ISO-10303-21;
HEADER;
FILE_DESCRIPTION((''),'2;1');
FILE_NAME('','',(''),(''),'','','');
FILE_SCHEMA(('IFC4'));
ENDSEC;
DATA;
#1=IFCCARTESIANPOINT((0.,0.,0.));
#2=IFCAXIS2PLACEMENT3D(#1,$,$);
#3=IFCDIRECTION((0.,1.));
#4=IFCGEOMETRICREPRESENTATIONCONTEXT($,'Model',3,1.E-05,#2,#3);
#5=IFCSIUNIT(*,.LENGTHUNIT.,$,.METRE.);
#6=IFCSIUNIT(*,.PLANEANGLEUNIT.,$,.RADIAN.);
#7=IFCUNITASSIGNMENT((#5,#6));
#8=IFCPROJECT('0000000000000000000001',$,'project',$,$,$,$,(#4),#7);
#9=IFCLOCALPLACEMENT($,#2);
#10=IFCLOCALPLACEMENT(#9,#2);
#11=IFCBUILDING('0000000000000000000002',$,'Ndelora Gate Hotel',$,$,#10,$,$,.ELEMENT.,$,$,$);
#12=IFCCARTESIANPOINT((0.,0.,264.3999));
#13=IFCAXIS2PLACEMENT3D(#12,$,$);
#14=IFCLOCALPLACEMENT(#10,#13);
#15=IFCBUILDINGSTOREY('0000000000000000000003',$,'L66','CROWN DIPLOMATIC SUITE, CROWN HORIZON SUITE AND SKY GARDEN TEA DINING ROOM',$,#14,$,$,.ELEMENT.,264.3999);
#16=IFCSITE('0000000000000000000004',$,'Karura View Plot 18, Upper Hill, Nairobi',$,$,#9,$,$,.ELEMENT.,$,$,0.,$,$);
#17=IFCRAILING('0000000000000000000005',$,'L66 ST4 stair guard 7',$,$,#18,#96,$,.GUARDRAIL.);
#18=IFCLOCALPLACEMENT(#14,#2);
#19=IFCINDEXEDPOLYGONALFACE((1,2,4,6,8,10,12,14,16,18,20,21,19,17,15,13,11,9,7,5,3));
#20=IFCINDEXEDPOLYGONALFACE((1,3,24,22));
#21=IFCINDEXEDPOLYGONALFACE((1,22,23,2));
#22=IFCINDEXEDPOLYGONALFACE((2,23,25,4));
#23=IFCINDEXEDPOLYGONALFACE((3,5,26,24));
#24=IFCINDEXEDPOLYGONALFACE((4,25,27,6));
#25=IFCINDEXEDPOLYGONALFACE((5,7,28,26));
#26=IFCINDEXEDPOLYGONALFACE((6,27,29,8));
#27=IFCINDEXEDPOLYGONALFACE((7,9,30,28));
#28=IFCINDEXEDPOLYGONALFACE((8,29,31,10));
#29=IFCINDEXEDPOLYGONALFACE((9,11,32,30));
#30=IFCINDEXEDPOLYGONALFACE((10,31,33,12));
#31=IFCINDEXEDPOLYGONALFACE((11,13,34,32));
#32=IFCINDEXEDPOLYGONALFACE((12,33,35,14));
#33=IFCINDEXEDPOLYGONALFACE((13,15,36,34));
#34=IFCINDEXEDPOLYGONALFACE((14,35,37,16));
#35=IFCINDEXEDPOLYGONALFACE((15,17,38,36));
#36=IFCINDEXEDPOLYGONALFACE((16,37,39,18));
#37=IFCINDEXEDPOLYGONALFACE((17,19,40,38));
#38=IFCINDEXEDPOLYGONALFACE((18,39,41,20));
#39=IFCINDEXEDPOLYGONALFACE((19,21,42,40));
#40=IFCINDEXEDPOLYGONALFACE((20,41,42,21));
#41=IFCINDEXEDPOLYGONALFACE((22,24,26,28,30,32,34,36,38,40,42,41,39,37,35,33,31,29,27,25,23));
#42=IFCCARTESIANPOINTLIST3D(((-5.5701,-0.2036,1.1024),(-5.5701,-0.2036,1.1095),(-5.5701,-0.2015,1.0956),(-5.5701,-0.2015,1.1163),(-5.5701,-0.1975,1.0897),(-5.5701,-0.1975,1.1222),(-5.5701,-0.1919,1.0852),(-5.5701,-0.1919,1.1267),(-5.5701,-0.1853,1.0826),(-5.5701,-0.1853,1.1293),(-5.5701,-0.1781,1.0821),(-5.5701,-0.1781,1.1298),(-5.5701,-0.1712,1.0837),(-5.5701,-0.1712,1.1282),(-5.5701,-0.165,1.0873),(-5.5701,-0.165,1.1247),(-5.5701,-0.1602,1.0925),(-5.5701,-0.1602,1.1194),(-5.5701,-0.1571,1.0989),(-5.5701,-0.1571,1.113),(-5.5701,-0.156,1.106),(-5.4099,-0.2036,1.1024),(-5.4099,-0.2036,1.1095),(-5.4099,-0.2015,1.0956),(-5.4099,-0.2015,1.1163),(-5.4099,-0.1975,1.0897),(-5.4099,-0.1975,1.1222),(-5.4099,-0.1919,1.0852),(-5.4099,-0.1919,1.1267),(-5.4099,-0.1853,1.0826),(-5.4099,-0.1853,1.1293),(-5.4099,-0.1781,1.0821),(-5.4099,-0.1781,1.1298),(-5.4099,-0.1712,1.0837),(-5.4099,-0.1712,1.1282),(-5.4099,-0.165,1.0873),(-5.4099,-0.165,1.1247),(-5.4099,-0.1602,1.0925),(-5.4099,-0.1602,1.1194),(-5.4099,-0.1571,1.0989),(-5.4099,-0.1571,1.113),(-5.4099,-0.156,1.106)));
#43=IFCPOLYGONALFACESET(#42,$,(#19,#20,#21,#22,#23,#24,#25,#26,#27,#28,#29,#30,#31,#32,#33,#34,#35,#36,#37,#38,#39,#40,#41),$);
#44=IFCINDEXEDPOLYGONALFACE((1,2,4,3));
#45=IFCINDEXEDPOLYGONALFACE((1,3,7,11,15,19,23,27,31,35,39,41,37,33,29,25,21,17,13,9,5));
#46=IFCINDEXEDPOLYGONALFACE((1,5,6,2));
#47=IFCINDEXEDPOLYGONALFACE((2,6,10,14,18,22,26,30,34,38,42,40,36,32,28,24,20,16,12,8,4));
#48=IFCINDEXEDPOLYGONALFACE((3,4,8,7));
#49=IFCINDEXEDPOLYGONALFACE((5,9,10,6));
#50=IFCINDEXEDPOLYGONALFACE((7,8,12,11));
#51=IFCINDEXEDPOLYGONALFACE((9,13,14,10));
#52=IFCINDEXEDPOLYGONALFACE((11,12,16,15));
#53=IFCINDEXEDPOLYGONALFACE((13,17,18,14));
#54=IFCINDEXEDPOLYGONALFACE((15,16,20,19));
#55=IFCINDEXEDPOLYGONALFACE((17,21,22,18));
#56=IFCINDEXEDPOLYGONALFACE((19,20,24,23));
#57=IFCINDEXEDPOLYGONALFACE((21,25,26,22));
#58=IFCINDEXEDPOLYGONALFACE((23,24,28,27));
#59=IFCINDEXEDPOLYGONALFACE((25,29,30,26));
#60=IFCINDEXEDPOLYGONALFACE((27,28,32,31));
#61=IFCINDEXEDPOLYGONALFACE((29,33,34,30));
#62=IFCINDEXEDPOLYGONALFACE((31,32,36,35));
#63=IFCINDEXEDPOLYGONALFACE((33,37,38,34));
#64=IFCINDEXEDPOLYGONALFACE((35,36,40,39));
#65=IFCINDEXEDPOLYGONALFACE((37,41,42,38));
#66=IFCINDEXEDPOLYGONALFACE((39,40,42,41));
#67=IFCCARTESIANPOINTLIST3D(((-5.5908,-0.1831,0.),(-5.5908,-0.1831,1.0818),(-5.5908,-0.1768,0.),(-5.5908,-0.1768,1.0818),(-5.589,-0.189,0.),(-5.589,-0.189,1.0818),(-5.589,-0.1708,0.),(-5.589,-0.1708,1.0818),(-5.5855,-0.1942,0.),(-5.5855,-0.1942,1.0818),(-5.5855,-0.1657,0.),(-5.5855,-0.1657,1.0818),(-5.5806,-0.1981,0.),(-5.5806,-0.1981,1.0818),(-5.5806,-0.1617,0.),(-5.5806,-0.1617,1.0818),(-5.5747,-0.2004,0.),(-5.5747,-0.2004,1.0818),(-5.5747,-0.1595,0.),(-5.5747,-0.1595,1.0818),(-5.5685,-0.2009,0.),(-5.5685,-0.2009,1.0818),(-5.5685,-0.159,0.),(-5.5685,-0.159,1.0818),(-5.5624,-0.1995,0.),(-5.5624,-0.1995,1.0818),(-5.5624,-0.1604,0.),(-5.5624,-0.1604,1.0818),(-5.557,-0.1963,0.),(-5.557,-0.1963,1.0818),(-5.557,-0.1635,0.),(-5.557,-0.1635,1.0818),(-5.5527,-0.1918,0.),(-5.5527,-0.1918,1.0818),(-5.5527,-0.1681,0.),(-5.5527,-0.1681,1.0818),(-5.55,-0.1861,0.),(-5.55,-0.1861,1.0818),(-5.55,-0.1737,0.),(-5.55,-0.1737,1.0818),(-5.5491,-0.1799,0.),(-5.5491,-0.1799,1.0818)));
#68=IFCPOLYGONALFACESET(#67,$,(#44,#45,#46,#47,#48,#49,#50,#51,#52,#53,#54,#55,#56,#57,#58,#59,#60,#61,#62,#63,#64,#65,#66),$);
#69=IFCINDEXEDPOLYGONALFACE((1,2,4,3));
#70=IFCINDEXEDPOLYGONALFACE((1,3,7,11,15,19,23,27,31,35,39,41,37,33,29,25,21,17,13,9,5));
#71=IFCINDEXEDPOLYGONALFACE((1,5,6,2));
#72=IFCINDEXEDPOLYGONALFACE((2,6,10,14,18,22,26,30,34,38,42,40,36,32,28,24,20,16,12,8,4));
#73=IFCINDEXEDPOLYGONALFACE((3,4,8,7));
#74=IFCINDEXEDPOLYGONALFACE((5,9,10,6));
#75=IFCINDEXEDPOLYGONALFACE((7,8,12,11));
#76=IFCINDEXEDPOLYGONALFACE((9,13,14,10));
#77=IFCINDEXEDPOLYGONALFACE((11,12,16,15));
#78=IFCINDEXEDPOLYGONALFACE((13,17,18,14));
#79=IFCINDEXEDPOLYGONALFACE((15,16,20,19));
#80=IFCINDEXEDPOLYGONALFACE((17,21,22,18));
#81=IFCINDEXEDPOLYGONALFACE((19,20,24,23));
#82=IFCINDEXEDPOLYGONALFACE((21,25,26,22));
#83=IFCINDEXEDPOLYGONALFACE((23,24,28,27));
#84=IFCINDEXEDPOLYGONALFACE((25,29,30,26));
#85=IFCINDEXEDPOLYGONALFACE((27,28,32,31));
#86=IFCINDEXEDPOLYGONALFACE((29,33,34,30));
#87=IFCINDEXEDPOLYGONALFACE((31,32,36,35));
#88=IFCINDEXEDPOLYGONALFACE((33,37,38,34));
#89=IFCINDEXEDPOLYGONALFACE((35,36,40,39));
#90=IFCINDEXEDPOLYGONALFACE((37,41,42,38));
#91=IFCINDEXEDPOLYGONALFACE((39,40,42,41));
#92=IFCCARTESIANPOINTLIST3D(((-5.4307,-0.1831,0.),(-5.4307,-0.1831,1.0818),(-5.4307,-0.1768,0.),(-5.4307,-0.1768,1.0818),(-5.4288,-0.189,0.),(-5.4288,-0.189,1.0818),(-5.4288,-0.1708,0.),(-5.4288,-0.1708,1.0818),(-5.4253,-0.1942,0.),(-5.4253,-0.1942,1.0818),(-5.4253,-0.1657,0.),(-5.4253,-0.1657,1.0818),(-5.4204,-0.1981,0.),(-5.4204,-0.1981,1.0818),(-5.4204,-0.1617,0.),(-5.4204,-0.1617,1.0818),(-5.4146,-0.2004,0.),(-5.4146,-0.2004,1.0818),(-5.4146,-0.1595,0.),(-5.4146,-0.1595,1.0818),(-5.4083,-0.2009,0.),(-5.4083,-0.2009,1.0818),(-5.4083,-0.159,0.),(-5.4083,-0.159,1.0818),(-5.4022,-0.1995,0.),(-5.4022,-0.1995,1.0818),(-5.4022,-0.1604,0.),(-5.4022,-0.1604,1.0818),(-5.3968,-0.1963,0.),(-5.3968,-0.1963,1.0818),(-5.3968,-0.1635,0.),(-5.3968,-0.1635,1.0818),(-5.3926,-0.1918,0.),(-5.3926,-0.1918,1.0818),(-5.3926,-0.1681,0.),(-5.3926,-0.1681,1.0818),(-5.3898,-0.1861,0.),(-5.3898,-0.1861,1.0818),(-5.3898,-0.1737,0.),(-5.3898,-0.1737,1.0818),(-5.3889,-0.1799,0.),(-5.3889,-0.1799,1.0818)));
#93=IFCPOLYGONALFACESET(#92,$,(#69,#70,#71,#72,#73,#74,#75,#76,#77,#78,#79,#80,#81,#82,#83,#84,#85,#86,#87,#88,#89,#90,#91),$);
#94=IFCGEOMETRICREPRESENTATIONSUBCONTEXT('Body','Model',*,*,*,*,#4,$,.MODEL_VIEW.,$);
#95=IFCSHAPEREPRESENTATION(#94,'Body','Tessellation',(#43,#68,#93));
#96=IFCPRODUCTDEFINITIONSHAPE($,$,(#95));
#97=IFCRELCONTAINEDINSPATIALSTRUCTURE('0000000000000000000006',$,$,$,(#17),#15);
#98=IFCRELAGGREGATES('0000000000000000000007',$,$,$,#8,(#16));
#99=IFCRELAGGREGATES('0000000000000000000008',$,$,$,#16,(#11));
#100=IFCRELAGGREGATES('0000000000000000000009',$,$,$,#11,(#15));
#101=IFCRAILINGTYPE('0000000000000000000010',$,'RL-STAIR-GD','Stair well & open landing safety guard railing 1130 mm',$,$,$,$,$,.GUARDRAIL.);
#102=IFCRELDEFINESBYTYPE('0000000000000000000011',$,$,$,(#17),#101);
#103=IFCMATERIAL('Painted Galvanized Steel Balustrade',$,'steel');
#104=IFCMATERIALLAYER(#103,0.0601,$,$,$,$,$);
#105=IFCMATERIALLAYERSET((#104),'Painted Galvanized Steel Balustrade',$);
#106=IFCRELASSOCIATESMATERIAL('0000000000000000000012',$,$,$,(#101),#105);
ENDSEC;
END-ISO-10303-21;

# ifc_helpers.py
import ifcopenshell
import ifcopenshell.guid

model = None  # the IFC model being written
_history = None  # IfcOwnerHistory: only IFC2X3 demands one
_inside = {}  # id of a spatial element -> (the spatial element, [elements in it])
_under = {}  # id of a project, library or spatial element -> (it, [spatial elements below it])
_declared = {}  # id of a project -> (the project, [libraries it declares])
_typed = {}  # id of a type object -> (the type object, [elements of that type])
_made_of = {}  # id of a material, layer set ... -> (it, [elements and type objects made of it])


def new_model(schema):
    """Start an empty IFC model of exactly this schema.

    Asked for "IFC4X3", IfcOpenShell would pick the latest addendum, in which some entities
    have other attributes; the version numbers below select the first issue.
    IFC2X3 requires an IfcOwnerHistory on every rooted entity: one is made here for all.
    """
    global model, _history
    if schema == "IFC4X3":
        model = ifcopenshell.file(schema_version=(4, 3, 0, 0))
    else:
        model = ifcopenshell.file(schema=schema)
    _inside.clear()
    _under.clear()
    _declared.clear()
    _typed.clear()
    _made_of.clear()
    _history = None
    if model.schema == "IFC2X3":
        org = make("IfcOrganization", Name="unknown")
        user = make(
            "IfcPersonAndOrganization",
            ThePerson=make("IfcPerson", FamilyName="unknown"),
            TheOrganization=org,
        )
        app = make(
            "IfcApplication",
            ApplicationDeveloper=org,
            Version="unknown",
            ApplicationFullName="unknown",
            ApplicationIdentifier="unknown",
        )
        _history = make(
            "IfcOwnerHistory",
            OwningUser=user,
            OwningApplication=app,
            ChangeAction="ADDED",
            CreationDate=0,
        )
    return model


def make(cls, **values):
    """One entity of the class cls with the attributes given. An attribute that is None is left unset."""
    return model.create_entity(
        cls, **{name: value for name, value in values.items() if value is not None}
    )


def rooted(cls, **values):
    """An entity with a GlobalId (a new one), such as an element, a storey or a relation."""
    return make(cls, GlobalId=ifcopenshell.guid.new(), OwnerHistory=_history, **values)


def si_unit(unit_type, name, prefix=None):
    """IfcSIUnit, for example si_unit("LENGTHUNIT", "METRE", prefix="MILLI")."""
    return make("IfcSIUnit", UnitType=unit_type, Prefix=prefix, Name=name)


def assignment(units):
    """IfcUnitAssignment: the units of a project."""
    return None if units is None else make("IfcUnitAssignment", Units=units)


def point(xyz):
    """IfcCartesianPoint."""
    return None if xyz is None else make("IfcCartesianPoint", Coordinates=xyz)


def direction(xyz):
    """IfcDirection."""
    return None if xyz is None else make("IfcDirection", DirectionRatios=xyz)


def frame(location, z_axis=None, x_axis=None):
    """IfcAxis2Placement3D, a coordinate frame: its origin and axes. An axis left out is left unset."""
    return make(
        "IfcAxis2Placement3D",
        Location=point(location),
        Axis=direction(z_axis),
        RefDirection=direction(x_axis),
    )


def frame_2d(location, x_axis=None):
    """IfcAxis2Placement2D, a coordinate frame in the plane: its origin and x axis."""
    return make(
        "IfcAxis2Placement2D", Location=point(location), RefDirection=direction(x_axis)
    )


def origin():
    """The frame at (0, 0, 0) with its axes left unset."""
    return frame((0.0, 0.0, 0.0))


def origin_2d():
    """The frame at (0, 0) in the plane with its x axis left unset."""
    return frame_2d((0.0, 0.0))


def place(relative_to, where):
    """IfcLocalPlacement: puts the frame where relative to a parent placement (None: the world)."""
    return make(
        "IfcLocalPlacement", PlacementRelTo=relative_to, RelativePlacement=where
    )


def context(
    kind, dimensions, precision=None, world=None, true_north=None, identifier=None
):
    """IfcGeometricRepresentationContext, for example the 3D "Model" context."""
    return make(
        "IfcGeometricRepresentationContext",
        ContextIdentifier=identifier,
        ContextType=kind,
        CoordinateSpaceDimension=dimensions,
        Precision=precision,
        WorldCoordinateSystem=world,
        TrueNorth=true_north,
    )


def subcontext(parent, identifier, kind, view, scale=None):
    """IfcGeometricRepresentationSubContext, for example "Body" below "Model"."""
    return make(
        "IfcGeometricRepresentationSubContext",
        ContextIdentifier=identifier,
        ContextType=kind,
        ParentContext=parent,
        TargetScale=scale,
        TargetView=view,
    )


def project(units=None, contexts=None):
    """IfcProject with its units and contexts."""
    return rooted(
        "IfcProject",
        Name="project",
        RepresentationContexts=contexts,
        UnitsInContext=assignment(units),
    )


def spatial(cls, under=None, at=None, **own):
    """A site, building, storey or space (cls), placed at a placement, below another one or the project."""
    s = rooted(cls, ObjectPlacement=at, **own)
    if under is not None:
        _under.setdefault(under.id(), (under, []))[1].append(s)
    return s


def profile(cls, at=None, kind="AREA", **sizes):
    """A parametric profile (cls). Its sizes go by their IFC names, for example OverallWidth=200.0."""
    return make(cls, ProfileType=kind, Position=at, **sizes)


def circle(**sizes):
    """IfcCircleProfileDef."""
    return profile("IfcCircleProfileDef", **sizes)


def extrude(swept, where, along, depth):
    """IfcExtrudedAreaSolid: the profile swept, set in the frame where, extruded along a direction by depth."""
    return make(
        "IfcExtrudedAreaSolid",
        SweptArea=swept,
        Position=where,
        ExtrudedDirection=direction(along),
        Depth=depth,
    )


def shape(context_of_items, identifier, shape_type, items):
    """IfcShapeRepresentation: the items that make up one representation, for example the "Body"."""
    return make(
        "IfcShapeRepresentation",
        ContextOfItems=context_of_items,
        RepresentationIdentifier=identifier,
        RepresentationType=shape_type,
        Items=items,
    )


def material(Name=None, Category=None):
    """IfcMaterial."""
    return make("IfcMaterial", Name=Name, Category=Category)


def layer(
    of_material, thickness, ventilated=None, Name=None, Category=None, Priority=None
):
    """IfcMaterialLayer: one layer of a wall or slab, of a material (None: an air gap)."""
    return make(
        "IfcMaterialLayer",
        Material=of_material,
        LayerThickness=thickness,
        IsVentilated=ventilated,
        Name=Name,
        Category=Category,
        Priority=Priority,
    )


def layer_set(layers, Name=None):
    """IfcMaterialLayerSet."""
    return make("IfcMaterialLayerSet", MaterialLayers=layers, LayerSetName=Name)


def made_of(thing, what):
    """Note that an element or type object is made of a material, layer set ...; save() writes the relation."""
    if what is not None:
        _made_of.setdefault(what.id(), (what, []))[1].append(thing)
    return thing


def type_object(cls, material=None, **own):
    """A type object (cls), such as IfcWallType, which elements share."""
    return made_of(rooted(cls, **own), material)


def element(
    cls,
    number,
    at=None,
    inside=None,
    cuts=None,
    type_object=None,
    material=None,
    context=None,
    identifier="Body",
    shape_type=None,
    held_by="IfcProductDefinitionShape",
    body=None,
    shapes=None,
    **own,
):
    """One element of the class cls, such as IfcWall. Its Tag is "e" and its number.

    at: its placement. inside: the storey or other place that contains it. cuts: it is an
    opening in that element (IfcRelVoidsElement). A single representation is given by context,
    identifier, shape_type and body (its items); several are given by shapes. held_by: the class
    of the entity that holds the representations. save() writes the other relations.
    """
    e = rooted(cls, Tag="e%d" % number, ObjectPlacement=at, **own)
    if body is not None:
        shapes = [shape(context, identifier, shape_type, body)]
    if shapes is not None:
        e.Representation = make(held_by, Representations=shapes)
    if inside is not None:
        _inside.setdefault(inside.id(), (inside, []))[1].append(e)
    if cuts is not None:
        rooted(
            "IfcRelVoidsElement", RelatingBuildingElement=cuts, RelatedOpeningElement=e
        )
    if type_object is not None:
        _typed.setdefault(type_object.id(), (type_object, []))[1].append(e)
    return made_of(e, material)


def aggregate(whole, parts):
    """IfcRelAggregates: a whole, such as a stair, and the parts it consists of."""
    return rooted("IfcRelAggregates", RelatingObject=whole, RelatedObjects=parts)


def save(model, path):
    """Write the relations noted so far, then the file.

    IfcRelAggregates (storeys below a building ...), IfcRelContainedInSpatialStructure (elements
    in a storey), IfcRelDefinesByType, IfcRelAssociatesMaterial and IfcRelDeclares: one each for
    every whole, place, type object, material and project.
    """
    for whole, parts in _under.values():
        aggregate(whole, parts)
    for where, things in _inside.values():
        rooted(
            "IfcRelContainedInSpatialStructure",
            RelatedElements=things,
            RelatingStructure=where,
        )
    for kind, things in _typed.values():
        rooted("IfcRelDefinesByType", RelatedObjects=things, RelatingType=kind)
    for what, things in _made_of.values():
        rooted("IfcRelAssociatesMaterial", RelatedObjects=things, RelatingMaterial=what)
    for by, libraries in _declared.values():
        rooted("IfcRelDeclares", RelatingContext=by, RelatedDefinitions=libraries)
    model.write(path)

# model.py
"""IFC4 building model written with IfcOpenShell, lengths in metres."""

from ifc_helpers import new_model, si_unit, direction, frame, origin, origin_2d, place, context, subcontext, project, spatial, circle, extrude, material, layer, layer_set, type_object, element, save


model = new_model("IFC4")

# Units and contexts
model_context = context("Model", 3, precision=1e-05, world=origin(), true_north=direction((0.0, 1.0)))
body_context = subcontext(model_context, "Body", "Model", "MODEL_VIEW")
ifc_project = project(units=[si_unit("LENGTHUNIT", "METRE"), si_unit("PLANEANGLEUNIT", "RADIAN")], contexts=[model_context])

# Site, building, storey
site_placement = place(None, origin())
site = spatial("IfcSite", under=ifc_project, at=site_placement, Name="Karura View Plot 18, Upper Hill, Nairobi", CompositionType="ELEMENT", RefElevation=0.0)
building_placement = place(site_placement, origin())
building = spatial("IfcBuilding", under=site, at=building_placement, Name="Ndelora Gate Hotel", CompositionType="ELEMENT")
storey_placement = place(building_placement, frame((0.0, 0.0, 264.3999)))
storey = spatial("IfcBuildingStorey", under=building, at=storey_placement, Name="L66", Description="CROWN DIPLOMATIC SUITE, CROWN HORIZON SUITE AND SKY GARDEN TEA DINING ROOM", CompositionType="ELEMENT", Elevation=264.3999)

# Railing
ifc_material_1 = material(Name="Painted Galvanized Steel Balustrade", Category="steel")
ifc_layer_1 = layer(ifc_material_1, 0.0601)
ifc_layer_set_1 = layer_set([ifc_layer_1], Name="Painted Galvanized Steel Balustrade")
railing_type_1 = type_object("IfcRailingType", Name="RL-STAIR-GD", Description="Stair well & open landing safety guard railing 1130 mm", PredefinedType="GUARDRAIL", material=ifc_layer_set_1)
railing_1_placement = place(storey_placement, frame((-5.5701, -0.1799, 0.0)))
element("IfcRailing", 1, at=railing_1_placement, inside=storey, type_object=railing_type_1, Name="L66 ST4 stair guard 7", PredefinedType="GUARDRAIL", context=body_context, shape_type="SweptSolid", body=[
    extrude(circle(Radius=0.0239, at=origin_2d()), frame((0.0, 0.0, 1.106), z_axis=(1.0, 0.0, 0.0), x_axis=(0.0, 1.0, 0.0)), (0.0, 0.0, 1.0), 0.1602),
    extrude(circle(Radius=0.021, at=origin_2d()), origin(), (0.0, 0.0, 1.0), 1.0818),
    extrude(circle(Radius=0.021, at=origin_2d()), frame((0.1602, 0.0, 0.0)), (0.0, 0.0, 1.0), 1.0818),
])

save(model, "model.ifc")
